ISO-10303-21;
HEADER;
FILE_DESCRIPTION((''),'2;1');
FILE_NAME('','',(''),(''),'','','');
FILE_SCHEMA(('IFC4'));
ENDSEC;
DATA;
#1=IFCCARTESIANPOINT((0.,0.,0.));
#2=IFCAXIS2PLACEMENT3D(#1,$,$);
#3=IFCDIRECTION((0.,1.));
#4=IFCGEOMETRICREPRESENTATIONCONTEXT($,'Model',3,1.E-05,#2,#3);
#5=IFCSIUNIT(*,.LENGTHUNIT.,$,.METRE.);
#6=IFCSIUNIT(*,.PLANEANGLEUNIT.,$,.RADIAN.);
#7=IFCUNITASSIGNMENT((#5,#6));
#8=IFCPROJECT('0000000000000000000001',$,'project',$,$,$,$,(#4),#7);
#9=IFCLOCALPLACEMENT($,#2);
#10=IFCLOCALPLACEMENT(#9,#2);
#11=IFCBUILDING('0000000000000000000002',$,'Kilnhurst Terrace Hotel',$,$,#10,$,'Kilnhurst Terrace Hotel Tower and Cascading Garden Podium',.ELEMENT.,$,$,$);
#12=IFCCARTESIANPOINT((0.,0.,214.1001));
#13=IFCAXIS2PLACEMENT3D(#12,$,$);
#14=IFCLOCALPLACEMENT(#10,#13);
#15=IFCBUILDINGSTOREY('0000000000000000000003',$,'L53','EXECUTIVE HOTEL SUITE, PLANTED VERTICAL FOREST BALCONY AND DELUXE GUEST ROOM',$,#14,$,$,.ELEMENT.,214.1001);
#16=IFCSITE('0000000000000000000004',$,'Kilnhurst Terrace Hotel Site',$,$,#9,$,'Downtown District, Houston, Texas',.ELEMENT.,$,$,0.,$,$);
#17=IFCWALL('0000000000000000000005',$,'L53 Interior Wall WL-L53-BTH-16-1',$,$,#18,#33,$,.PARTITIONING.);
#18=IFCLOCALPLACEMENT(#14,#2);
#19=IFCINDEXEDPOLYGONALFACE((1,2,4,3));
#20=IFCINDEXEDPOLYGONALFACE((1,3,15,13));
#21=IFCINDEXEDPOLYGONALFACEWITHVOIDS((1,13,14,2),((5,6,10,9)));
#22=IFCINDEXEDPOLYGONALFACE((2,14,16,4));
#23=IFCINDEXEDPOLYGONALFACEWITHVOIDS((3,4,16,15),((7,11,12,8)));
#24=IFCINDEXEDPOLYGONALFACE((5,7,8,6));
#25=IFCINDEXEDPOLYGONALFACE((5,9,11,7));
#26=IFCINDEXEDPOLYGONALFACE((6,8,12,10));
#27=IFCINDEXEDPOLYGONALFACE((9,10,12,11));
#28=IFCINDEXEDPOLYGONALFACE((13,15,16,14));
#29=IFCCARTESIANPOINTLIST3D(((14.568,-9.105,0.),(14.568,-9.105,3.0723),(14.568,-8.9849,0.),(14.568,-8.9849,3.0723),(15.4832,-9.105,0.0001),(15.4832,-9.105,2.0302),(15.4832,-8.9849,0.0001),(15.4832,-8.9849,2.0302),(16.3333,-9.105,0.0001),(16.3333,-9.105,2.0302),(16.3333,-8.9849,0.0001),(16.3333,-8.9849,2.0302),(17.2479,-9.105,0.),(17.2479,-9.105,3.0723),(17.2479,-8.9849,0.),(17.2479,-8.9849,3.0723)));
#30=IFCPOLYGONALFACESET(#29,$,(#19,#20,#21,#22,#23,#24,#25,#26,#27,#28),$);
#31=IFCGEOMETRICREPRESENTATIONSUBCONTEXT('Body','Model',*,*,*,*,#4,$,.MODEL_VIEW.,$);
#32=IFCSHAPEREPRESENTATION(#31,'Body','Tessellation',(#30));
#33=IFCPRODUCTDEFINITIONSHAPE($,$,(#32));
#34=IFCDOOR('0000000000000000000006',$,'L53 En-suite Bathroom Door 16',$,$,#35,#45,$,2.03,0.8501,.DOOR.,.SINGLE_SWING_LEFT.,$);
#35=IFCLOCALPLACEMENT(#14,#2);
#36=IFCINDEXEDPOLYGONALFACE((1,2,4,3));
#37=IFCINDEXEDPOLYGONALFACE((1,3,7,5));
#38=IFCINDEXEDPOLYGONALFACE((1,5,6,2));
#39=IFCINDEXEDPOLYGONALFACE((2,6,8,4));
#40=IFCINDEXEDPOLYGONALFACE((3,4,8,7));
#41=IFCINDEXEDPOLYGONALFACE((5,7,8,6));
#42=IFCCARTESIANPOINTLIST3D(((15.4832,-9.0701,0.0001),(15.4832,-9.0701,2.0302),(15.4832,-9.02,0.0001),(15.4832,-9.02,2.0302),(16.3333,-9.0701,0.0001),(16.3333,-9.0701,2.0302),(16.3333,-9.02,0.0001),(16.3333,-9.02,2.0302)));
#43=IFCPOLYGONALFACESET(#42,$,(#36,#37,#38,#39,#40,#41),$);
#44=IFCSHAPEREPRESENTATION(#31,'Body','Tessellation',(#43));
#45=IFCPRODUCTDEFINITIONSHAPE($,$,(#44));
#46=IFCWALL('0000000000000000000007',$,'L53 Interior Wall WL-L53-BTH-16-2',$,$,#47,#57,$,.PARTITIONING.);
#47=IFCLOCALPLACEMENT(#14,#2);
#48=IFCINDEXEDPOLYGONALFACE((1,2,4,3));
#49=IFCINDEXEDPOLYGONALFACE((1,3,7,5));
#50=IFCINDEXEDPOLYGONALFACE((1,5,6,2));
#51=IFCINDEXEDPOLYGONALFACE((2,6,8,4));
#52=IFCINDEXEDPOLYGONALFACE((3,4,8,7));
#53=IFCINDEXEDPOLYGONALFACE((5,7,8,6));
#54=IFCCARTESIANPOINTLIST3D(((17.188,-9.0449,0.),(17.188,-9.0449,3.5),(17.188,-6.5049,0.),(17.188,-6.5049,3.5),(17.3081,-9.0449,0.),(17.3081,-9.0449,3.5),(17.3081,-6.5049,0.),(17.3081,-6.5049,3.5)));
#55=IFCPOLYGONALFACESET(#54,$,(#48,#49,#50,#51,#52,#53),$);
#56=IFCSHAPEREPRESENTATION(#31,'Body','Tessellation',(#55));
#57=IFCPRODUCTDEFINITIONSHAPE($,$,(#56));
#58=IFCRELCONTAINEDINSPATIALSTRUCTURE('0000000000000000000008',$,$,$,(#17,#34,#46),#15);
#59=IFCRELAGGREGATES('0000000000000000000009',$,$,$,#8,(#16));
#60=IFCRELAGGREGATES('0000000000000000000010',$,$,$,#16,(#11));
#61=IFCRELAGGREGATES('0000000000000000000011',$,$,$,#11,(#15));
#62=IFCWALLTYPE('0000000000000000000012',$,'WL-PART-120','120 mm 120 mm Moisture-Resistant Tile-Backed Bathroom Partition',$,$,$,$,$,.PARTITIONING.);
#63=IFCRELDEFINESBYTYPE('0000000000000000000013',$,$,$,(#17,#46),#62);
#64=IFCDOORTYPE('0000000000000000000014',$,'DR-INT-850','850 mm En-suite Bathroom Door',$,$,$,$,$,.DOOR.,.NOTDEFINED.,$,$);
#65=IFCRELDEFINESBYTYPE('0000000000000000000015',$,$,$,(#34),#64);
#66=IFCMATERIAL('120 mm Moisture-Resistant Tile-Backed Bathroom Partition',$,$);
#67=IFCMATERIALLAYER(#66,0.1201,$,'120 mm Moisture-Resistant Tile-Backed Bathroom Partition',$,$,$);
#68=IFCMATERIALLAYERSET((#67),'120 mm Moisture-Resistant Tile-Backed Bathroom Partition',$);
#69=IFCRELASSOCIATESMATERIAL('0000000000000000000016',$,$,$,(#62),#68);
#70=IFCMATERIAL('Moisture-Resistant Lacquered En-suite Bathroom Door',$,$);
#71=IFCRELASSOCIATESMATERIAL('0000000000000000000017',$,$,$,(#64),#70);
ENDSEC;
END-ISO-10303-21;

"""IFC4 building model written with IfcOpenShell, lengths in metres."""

from ifc_helpers import new_model, si_unit, direction, frame, frame_2d, origin, place, context, subcontext, project, spatial, rectangle, extrude, material, layer, layer_set, type_object, element, fill, save


model = new_model("IFC4")

# Units and contexts
model_context = context("Model", 3, precision=1e-05, world=origin(), true_north=direction((0.0, 1.0)))
body_context = subcontext(model_context, "Body", "Model", "MODEL_VIEW")
ifc_project = project(units=[si_unit("LENGTHUNIT", "METRE"), si_unit("PLANEANGLEUNIT", "RADIAN")], contexts=[model_context])

# Site, building, storey
site_placement = place(None, origin())
site = spatial("IfcSite", under=ifc_project, at=site_placement, Name="Kilnhurst Terrace Hotel Site", LongName="Downtown District, Houston, Texas", CompositionType="ELEMENT", RefElevation=0.0)
building_placement = place(site_placement, origin())
building = spatial("IfcBuilding", under=site, at=building_placement, Name="Kilnhurst Terrace Hotel", LongName="Kilnhurst Terrace Hotel Tower and Cascading Garden Podium", CompositionType="ELEMENT")
storey_placement = place(building_placement, frame((0.0, 0.0, 214.1001)))
storey = spatial("IfcBuildingStorey", under=building, at=storey_placement, Name="L53", Description="EXECUTIVE HOTEL SUITE, PLANTED VERTICAL FOREST BALCONY AND DELUXE GUEST ROOM", CompositionType="ELEMENT", Elevation=214.1001)

# Shared definitions
ifc_material_1 = material(Name="120 mm Moisture-Resistant Tile-Backed Bathroom Partition")
ifc_layer_1 = layer(ifc_material_1, 0.1201, Name="120 mm Moisture-Resistant Tile-Backed Bathroom Partition")
ifc_layer_set_1 = layer_set([ifc_layer_1], Name="120 mm Moisture-Resistant Tile-Backed Bathroom Partition")
wall_type_1 = type_object("IfcWallType", Name="WL-PART-120", Description="120 mm 120 mm Moisture-Resistant Tile-Backed Bathroom Partition", PredefinedType="PARTITIONING", material=ifc_layer_set_1)

# Wall, opening, door
wall_1_placement = place(storey_placement, frame((14.5681, -9.0449, 0.0), z_axis=(0.0, 0.0, 1.0), x_axis=(1.0, 0.0, 0.0)))
wall_1 = element("IfcWall", 1, at=wall_1_placement, inside=storey, type_object=wall_type_1, Name="L53 Interior Wall WL-L53-BTH-16-1", PredefinedType="PARTITIONING", context=body_context, shape_type="SweptSolid", body=[
    extrude(rectangle(XDim=2.6799, YDim=0.1201, at=frame_2d((1.3398, 0.0))), origin(), (0.0, 0.0, 1.0), 3.0723),
])
opening_1_placement = place(wall_1_placement, frame((0.915, 0.0, 0.0)))
opening_1 = element("IfcOpeningElement", 2, at=opening_1_placement, cuts=wall_1, PredefinedType="OPENING", context=body_context, shape_type="SweptSolid", body=[
    extrude(rectangle(XDim=0.8501, YDim=2.03, at=frame_2d((0.425, 1.0151))), frame((0.0, 0.0701, 0.0), z_axis=(0.0, -1.0, 0.0), x_axis=(1.0, 0.0, 0.0)), (0.0, 0.0, 1.0), 0.1401),
])
ifc_material_2 = material(Name="Moisture-Resistant Lacquered En-suite Bathroom Door")
door_type_1 = type_object("IfcDoorType", Name="DR-INT-850", Description="850 mm En-suite Bathroom Door", OperationType="NOTDEFINED", PredefinedType="DOOR", material=ifc_material_2)
door_1_placement = place(opening_1_placement, origin())
door_1 = element("IfcDoor", 3, at=door_1_placement, inside=storey, type_object=door_type_1, Name="L53 En-suite Bathroom Door 16", OperationType="SINGLE_SWING_LEFT", OverallHeight=2.03, OverallWidth=0.8501, PredefinedType="DOOR", context=body_context, shape_type="SweptSolid", body=[
    extrude(rectangle(XDim=0.8501, YDim=2.03, at=frame_2d((0.425, 1.0151))), frame((0.0, 0.0249, 0.0), z_axis=(0.0, -1.0, 0.0), x_axis=(1.0, 0.0, 0.0)), (0.0, 0.0, 1.0), 0.05),
])
fill(opening_1, door_1)

# Wall
wall_2_placement = place(storey_placement, frame((17.248, -9.0449, 0.0), z_axis=(0.0, 0.0, 1.0), x_axis=(0.0, 1.0, 0.0)))
element("IfcWall", 4, at=wall_2_placement, inside=storey, type_object=wall_type_1, Name="L53 Interior Wall WL-L53-BTH-16-2", PredefinedType="PARTITIONING", context=body_context, shape_type="SweptSolid", body=[
    extrude(rectangle(XDim=2.54, YDim=0.1201, at=frame_2d((1.27, 0.0))), origin(), (0.0, 0.0, 1.0), 3.5),
])

save(model, "model.ifc")
